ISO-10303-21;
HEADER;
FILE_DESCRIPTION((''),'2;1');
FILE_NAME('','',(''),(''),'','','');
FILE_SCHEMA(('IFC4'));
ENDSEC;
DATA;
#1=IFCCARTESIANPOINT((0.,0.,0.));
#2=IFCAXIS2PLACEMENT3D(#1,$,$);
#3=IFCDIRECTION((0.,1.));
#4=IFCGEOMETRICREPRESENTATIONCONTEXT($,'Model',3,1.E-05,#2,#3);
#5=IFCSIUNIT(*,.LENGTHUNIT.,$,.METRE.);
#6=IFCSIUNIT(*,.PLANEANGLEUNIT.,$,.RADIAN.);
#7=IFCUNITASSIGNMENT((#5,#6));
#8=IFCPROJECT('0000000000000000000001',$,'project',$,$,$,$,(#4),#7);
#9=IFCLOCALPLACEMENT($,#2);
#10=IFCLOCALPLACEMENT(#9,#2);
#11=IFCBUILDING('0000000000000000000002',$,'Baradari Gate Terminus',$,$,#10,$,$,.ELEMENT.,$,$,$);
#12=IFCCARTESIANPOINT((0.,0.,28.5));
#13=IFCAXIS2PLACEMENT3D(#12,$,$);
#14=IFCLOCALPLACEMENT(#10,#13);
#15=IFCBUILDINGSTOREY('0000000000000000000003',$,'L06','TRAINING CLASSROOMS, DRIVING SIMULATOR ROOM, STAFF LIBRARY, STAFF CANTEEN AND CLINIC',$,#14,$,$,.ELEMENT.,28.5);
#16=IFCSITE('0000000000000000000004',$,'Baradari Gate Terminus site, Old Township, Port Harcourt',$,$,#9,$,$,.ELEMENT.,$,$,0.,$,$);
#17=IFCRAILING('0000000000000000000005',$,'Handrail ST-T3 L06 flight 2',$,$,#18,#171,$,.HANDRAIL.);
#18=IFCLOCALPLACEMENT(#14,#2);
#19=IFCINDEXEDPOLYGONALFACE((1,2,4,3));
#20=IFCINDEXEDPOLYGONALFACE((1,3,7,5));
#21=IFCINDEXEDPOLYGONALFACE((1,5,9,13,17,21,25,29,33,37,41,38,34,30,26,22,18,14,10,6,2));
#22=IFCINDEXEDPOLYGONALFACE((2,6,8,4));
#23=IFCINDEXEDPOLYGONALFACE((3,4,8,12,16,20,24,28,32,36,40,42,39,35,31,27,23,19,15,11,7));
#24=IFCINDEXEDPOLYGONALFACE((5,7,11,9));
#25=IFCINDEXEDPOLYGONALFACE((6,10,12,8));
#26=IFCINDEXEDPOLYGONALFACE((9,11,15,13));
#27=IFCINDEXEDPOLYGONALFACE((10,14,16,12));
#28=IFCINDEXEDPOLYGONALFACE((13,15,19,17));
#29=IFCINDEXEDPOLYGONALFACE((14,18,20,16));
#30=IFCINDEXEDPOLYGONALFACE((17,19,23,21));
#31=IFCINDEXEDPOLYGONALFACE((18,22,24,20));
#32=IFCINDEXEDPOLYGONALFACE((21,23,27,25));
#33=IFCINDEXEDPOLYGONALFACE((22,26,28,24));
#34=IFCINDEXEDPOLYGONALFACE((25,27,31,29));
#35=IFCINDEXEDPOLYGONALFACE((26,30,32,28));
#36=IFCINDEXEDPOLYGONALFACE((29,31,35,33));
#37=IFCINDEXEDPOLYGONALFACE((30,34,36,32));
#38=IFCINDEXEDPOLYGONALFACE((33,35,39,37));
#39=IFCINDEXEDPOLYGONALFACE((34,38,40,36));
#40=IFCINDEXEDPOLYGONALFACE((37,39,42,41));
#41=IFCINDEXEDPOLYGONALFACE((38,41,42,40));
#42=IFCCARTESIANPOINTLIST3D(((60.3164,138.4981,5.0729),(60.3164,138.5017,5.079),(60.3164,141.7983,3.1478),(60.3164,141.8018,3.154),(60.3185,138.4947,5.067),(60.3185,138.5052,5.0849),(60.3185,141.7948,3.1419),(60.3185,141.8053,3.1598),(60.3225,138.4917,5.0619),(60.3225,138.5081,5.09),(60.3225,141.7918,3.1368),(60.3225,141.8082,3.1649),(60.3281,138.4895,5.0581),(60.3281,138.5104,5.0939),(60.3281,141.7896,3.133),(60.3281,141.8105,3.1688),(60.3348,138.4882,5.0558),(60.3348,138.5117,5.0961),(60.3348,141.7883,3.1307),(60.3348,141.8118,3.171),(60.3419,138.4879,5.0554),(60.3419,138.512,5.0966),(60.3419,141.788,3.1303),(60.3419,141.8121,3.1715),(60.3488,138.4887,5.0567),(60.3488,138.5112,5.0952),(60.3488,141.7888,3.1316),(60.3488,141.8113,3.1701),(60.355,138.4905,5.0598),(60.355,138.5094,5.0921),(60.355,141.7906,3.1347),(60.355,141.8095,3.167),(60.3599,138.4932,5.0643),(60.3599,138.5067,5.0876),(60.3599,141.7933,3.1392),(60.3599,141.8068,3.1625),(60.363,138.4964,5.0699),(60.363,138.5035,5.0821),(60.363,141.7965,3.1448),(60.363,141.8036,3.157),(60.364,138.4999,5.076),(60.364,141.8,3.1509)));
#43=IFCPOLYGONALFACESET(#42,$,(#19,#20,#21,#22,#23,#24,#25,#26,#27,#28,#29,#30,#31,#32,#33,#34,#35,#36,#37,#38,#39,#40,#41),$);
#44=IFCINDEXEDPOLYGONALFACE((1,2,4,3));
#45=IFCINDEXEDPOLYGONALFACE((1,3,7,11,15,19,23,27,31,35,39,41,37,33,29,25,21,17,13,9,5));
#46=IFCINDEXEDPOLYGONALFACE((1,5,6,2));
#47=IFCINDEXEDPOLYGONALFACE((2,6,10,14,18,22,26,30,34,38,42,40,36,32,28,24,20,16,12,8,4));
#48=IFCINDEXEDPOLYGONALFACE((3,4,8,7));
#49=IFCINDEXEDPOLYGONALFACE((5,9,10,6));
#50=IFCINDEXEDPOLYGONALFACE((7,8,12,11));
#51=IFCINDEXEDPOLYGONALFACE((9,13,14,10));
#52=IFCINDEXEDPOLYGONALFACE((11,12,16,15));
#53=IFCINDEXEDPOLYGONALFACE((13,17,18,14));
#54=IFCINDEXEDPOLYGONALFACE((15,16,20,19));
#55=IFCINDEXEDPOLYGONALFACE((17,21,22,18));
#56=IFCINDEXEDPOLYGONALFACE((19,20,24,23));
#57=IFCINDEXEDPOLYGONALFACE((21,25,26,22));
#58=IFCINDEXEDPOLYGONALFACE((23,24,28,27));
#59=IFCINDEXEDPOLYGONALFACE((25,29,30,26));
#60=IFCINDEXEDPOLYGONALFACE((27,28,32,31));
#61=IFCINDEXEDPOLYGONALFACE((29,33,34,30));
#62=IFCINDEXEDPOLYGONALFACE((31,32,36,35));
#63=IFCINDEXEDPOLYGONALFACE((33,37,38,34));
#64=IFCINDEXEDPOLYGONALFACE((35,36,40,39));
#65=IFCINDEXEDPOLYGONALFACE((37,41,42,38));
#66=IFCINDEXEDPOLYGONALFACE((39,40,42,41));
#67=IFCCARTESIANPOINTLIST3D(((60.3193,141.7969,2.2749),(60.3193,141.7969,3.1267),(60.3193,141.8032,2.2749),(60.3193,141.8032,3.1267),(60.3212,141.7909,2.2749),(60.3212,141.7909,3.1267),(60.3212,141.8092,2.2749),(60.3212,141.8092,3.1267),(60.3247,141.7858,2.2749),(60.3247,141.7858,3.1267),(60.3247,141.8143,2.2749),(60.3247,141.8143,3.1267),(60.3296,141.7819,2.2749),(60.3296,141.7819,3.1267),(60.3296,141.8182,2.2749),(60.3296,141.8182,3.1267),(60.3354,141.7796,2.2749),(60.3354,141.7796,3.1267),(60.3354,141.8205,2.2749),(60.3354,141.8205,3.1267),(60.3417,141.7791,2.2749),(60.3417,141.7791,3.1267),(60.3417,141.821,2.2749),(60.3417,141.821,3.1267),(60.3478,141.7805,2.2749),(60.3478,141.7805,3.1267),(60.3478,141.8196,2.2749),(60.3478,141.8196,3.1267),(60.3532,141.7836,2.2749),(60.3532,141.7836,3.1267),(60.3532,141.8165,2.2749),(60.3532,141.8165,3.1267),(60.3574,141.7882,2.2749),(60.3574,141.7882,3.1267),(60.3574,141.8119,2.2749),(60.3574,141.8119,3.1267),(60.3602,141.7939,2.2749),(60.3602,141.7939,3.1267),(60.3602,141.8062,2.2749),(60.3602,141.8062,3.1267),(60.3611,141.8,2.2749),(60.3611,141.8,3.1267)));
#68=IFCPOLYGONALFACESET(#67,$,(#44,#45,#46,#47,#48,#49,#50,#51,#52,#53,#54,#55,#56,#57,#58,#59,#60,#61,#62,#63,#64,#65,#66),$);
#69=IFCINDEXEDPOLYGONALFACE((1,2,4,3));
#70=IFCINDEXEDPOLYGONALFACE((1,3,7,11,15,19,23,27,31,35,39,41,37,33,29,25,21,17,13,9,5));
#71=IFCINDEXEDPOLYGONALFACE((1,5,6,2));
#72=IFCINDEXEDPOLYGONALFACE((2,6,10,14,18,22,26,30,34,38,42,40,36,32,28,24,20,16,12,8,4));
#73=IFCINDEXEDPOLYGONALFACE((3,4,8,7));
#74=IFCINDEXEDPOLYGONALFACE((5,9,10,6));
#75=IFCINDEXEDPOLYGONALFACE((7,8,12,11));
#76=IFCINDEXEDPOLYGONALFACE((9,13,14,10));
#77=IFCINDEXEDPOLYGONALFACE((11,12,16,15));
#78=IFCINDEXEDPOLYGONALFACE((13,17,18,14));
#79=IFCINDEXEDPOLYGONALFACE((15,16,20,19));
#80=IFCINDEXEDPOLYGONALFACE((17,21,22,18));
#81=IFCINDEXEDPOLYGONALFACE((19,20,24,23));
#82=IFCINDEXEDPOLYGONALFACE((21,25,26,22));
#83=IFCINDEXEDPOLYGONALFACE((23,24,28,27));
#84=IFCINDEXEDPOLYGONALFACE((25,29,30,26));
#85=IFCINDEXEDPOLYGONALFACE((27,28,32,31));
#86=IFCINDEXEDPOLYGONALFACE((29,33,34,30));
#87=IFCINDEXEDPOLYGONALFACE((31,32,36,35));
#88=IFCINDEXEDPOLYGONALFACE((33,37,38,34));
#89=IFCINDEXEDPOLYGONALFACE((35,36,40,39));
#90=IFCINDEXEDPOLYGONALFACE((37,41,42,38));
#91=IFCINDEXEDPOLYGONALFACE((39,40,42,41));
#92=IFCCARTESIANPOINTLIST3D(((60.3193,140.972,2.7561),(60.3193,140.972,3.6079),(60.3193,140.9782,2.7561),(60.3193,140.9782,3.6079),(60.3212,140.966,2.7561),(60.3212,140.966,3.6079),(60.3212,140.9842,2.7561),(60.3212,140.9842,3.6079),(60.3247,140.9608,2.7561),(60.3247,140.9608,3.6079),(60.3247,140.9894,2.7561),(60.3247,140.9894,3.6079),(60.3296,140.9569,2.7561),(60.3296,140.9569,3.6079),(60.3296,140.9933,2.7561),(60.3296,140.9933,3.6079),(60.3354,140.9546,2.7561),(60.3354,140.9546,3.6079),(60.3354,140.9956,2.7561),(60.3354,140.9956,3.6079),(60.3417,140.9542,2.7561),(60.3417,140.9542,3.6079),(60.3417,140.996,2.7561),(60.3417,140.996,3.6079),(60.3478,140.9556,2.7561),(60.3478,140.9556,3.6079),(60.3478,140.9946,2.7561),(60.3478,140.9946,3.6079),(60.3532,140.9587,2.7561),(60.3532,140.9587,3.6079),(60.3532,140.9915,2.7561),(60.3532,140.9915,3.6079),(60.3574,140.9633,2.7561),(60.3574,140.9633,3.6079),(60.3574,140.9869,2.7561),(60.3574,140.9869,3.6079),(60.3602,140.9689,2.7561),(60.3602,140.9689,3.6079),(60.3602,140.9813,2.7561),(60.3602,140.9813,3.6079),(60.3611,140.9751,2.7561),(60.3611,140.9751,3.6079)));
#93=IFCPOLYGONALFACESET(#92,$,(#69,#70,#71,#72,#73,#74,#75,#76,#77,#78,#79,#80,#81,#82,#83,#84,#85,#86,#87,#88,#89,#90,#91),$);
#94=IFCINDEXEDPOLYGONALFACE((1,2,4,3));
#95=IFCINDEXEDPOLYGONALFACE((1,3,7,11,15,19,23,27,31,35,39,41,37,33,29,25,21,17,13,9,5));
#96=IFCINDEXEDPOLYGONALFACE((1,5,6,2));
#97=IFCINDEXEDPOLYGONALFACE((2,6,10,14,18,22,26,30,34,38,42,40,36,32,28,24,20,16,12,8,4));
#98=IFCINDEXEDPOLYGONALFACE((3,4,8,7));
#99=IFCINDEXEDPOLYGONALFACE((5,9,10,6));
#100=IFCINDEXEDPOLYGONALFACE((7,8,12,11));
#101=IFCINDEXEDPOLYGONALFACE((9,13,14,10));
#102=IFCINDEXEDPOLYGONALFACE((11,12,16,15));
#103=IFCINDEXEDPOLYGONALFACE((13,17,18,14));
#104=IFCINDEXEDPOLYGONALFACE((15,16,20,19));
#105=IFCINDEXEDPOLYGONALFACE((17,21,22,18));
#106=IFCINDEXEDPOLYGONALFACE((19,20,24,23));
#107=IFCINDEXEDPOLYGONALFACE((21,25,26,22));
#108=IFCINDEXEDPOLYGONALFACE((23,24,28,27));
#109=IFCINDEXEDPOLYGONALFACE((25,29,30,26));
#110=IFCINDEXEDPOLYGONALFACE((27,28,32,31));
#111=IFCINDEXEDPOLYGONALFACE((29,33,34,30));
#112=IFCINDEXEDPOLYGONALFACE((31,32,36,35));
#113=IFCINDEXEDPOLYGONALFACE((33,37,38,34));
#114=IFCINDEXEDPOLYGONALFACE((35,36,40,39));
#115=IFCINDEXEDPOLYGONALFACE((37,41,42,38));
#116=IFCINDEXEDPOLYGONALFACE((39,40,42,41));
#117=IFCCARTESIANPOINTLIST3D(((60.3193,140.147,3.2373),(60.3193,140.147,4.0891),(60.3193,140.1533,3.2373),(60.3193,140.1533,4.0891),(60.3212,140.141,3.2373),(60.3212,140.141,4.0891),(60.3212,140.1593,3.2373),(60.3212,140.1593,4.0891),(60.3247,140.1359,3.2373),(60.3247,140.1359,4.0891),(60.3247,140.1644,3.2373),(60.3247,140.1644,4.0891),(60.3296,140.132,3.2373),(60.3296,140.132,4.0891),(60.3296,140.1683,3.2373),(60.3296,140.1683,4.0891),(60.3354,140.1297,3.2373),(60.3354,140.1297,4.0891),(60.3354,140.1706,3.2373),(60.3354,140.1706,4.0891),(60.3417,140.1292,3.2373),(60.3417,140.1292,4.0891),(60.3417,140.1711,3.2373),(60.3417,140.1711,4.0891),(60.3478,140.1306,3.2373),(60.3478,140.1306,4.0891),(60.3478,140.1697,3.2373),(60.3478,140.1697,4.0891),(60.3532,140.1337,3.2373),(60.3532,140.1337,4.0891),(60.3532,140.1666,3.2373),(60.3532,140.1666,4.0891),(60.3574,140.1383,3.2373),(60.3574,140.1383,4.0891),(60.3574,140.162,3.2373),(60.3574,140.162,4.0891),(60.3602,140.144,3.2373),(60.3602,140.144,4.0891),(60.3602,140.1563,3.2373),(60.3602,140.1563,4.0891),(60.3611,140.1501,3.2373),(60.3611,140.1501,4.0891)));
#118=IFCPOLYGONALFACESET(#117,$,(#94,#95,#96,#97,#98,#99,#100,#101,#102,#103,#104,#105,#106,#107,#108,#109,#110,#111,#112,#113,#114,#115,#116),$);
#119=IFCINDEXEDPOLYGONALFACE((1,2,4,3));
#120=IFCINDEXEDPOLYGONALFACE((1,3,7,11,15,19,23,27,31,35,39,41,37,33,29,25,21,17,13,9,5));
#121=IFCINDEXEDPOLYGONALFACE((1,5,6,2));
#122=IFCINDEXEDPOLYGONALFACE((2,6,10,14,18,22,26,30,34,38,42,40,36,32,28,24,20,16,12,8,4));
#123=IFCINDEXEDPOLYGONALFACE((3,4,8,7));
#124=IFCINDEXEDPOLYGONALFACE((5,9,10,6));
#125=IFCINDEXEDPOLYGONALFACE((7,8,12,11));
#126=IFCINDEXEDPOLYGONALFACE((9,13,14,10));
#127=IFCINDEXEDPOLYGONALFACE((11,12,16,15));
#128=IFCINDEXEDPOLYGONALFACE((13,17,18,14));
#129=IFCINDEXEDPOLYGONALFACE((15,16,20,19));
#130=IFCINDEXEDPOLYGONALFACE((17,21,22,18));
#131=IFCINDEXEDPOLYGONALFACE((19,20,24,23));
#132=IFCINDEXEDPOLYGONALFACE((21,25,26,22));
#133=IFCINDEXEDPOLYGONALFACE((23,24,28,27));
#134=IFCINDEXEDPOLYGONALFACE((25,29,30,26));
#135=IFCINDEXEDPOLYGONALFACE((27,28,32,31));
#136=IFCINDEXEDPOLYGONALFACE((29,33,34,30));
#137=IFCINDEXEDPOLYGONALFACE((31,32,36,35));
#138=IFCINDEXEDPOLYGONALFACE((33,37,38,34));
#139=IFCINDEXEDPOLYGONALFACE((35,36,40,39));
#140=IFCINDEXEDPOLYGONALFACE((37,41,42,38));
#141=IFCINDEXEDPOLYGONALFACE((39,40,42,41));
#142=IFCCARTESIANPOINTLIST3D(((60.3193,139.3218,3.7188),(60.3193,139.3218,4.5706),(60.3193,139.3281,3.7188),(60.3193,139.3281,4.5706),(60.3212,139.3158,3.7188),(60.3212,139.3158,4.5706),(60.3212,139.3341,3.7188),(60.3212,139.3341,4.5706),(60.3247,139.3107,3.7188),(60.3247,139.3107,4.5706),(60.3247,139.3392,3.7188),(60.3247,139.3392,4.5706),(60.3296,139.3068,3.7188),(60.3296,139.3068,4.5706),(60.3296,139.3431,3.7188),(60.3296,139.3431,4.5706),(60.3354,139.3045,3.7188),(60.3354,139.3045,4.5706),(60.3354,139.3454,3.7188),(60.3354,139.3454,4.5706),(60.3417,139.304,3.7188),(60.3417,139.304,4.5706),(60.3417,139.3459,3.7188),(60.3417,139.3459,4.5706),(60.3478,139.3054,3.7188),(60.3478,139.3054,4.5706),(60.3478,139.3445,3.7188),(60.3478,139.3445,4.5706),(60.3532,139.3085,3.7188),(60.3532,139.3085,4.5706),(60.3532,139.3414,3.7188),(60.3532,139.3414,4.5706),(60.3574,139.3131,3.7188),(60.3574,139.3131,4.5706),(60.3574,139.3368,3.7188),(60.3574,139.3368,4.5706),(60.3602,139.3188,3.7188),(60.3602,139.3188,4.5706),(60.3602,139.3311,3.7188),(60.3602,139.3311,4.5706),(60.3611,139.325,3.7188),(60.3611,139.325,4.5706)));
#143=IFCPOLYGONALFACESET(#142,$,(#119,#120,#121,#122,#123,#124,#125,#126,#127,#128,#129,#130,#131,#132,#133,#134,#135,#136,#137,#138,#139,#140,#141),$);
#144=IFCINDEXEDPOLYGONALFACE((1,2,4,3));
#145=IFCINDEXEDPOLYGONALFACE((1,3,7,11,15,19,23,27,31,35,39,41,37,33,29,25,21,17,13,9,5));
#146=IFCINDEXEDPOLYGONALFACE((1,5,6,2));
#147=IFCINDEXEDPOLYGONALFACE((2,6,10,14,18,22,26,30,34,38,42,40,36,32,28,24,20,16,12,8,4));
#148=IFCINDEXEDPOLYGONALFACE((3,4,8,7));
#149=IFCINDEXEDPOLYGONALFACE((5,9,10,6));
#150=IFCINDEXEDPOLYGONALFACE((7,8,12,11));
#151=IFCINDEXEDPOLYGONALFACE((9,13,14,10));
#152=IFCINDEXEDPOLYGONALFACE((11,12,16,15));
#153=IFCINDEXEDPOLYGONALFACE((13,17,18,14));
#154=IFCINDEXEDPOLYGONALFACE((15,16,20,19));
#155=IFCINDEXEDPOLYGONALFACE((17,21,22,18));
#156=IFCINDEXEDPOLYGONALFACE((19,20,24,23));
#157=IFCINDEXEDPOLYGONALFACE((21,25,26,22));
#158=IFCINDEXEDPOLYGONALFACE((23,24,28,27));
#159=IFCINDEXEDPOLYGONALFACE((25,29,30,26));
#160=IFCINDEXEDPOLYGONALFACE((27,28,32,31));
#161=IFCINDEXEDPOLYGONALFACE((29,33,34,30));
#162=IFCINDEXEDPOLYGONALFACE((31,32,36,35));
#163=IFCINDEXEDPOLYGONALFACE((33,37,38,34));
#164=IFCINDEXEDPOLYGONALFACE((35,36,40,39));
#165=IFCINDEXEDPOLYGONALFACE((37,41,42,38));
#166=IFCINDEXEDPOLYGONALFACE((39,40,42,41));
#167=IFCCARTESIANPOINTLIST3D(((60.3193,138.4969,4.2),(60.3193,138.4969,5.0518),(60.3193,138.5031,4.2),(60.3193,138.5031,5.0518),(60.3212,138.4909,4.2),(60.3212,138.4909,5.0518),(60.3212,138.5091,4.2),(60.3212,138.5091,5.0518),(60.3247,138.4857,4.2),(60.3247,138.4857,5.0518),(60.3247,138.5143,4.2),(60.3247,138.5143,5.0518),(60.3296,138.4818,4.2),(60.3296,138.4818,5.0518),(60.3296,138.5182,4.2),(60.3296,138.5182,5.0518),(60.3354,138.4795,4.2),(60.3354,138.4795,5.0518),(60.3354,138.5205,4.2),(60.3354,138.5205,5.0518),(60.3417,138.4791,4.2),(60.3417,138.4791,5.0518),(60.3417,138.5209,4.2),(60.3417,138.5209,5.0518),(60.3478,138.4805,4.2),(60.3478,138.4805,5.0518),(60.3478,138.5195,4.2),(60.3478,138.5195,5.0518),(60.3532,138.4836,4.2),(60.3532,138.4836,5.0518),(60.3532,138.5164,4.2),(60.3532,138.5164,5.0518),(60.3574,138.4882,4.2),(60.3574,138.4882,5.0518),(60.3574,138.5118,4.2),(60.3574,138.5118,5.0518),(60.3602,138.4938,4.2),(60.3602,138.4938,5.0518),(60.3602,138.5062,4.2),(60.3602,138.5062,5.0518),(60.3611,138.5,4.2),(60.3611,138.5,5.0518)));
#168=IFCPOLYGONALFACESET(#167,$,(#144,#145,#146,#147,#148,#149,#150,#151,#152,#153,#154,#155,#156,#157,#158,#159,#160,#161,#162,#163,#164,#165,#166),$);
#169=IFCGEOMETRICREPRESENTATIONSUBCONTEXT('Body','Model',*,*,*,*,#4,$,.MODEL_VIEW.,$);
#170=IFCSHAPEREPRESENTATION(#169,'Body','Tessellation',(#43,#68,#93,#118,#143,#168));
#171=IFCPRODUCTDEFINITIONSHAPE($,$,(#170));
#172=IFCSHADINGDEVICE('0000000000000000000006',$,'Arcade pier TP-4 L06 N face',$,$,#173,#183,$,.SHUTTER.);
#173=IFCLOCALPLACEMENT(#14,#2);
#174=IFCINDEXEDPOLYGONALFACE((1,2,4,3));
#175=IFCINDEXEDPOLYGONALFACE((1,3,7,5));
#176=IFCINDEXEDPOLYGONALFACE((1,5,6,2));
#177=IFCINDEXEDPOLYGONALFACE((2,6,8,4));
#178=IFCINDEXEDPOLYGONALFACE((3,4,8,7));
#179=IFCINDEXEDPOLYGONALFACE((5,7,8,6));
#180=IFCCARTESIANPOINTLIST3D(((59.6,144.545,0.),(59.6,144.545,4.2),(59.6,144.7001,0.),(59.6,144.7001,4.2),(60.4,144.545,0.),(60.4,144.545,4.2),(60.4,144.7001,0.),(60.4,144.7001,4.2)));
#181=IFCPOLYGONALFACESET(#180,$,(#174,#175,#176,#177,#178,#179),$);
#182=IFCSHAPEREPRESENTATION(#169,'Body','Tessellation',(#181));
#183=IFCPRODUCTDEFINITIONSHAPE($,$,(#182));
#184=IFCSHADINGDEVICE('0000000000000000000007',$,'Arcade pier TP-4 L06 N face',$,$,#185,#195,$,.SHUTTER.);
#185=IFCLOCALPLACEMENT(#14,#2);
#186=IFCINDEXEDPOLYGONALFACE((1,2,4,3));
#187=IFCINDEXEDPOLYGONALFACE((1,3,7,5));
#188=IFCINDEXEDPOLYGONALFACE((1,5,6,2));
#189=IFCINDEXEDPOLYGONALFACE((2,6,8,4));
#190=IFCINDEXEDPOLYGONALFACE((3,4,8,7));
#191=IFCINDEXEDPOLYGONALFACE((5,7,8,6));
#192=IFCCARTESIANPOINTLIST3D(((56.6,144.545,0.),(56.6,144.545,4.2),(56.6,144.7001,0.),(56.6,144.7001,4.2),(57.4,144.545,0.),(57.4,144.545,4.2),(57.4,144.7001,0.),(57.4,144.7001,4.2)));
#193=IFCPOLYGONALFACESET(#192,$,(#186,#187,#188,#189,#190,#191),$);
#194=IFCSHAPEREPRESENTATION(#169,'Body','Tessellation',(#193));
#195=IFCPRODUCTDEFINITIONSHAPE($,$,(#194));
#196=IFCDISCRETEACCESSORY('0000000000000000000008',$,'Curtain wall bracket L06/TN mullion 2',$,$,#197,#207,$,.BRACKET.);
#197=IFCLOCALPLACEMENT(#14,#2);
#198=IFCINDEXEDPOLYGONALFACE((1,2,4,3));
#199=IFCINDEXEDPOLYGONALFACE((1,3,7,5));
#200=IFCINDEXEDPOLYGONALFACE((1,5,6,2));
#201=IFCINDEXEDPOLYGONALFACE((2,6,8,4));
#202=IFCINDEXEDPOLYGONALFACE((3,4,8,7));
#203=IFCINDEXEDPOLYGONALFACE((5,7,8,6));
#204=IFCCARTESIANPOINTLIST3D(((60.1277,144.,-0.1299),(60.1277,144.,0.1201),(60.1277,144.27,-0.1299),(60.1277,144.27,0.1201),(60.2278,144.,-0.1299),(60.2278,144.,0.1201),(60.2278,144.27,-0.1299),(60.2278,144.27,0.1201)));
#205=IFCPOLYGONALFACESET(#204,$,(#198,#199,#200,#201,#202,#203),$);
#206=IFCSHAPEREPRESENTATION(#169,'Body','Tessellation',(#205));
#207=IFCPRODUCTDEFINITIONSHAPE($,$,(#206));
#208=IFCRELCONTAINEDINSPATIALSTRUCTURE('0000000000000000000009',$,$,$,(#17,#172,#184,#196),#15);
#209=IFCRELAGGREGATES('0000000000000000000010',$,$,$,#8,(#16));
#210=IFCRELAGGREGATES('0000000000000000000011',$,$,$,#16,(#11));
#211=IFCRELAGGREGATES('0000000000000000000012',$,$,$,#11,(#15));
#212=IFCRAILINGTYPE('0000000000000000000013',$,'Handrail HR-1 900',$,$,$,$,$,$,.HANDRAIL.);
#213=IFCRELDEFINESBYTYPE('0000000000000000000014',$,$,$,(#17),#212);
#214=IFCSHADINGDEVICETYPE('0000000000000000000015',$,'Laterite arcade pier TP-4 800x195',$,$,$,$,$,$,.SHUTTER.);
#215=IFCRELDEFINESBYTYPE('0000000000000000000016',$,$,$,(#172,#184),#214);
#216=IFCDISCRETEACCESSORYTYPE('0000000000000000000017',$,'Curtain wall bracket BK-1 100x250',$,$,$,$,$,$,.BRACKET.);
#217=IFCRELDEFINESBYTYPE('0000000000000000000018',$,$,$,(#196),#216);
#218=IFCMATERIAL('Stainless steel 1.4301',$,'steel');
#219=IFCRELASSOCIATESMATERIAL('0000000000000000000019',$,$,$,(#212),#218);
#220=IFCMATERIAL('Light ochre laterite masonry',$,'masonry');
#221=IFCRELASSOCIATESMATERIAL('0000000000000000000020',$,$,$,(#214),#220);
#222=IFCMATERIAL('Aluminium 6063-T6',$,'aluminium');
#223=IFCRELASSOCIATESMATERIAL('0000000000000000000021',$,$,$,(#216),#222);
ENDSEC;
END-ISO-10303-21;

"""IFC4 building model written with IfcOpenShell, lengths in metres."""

from ifc_helpers import new_model, si_unit, direction, frame, origin, origin_2d, place, context, subcontext, project, spatial, rectangle, circle, extrude, material, type_object, element, save


model = new_model("IFC4")

# Units and contexts
model_context = context("Model", 3, precision=1e-05, world=origin(), true_north=direction((0.0, 1.0)))
body_context = subcontext(model_context, "Body", "Model", "MODEL_VIEW")
ifc_project = project(units=[si_unit("LENGTHUNIT", "METRE"), si_unit("PLANEANGLEUNIT", "RADIAN")], contexts=[model_context])

# Site, building, storey
site_placement = place(None, origin())
site = spatial("IfcSite", under=ifc_project, at=site_placement, Name="Baradari Gate Terminus site, Old Township, Port Harcourt", CompositionType="ELEMENT", RefElevation=0.0)
building_placement = place(site_placement, origin())
building = spatial("IfcBuilding", under=site, at=building_placement, Name="Baradari Gate Terminus", CompositionType="ELEMENT")
storey_placement = place(building_placement, frame((0.0, 0.0, 28.5)))
storey = spatial("IfcBuildingStorey", under=building, at=storey_placement, Name="L06", Description="TRAINING CLASSROOMS, DRIVING SIMULATOR ROOM, STAFF LIBRARY, STAFF CANTEEN AND CLINIC", CompositionType="ELEMENT", Elevation=28.5)

# Railing
ifc_material_1 = material(Name="Stainless steel 1.4301", Category="steel")
railing_type = type_object("IfcRailingType", Name="Handrail HR-1 900", PredefinedType="HANDRAIL", material=ifc_material_1)
for number, where, name in (
    (1, (60.3401, 141.8, 2.2749), "Handrail ST-T3 L06 flight 2"),
):
    element("IfcRailing", number, at=place(storey_placement, frame(where)), inside=storey, type_object=railing_type, Name=name, PredefinedType="HANDRAIL", context=body_context, shape_type="SweptSolid", body=[
        extrude(circle(Radius=0.0239, at=origin_2d()), frame((0.0, 0.0, 0.876), z_axis=(0.0, -0.863777, 0.503875), x_axis=(1.0, 0.0, 0.0)), (0.0, 0.0, 1.0), 3.8206),
        extrude(circle(Radius=0.021, at=origin_2d()), origin(), (0.0, 0.0, 1.0), 0.8518),
        extrude(circle(Radius=0.021, at=origin_2d()), frame((0.0, -0.825, 0.4812)), (0.0, 0.0, 1.0), 0.8518),
        extrude(circle(Radius=0.021, at=origin_2d()), frame((0.0, -1.6499, 0.9624)), (0.0, 0.0, 1.0), 0.8518),
        extrude(circle(Radius=0.021, at=origin_2d()), frame((0.0, -2.4751, 1.4438)), (0.0, 0.0, 1.0), 0.8518),
        extrude(circle(Radius=0.021, at=origin_2d()), frame((0.0, -3.3, 1.925)), (0.0, 0.0, 1.0), 0.8518),
    ])

# Shading devices
ifc_material_2 = material(Name="Light ochre laterite masonry", Category="masonry")
shading_device_type = type_object("IfcShadingDeviceType", Name="Laterite arcade pier TP-4 800x195", PredefinedType="SHUTTER", material=ifc_material_2)
for number, where, z_axis, x_axis, name in (
    (2, (60.0, 144.6226, 0.0), (0.0, 0.0, 1.0), (-1.0, 0.0, 0.0), "Arcade pier TP-4 L06 N face"),
    (3, (57.0, 144.6226, 0.0), (0.0, 0.0, 1.0), (-1.0, 0.0, 0.0), "Arcade pier TP-4 L06 N face"),
):
    element("IfcShadingDevice", number, at=place(storey_placement, frame(where, z_axis=z_axis, x_axis=x_axis)), inside=storey, type_object=shading_device_type, Name=name, PredefinedType="SHUTTER", context=body_context, shape_type="SweptSolid", body=[
        extrude(rectangle(XDim=0.8, YDim=0.155, at=origin_2d()), origin(), (0.0, 0.0, 1.0), 4.2),
    ])

# Discrete accessory
ifc_material_3 = material(Name="Aluminium 6063-T6", Category="aluminium")
discrete_accessory_type = type_object("IfcDiscreteAccessoryType", Name="Curtain wall bracket BK-1 100x250", PredefinedType="BRACKET", material=ifc_material_3)
for number, where, z_axis, x_axis, name in (
    (4, (60.1777, 144.135, -0.1299), (0.0, 0.0, 1.0), (0.0, 1.0, 0.0), "Curtain wall bracket L06/TN mullion 2"),
):
    element("IfcDiscreteAccessory", number, at=place(storey_placement, frame(where, z_axis=z_axis, x_axis=x_axis)), inside=storey, type_object=discrete_accessory_type, Name=name, PredefinedType="BRACKET", context=body_context, shape_type="SweptSolid", body=[
        extrude(rectangle(XDim=0.27, YDim=0.1001, at=origin_2d()), origin(), (0.0, 0.0, 1.0), 0.25),
    ])

save(model, "model.ifc")
